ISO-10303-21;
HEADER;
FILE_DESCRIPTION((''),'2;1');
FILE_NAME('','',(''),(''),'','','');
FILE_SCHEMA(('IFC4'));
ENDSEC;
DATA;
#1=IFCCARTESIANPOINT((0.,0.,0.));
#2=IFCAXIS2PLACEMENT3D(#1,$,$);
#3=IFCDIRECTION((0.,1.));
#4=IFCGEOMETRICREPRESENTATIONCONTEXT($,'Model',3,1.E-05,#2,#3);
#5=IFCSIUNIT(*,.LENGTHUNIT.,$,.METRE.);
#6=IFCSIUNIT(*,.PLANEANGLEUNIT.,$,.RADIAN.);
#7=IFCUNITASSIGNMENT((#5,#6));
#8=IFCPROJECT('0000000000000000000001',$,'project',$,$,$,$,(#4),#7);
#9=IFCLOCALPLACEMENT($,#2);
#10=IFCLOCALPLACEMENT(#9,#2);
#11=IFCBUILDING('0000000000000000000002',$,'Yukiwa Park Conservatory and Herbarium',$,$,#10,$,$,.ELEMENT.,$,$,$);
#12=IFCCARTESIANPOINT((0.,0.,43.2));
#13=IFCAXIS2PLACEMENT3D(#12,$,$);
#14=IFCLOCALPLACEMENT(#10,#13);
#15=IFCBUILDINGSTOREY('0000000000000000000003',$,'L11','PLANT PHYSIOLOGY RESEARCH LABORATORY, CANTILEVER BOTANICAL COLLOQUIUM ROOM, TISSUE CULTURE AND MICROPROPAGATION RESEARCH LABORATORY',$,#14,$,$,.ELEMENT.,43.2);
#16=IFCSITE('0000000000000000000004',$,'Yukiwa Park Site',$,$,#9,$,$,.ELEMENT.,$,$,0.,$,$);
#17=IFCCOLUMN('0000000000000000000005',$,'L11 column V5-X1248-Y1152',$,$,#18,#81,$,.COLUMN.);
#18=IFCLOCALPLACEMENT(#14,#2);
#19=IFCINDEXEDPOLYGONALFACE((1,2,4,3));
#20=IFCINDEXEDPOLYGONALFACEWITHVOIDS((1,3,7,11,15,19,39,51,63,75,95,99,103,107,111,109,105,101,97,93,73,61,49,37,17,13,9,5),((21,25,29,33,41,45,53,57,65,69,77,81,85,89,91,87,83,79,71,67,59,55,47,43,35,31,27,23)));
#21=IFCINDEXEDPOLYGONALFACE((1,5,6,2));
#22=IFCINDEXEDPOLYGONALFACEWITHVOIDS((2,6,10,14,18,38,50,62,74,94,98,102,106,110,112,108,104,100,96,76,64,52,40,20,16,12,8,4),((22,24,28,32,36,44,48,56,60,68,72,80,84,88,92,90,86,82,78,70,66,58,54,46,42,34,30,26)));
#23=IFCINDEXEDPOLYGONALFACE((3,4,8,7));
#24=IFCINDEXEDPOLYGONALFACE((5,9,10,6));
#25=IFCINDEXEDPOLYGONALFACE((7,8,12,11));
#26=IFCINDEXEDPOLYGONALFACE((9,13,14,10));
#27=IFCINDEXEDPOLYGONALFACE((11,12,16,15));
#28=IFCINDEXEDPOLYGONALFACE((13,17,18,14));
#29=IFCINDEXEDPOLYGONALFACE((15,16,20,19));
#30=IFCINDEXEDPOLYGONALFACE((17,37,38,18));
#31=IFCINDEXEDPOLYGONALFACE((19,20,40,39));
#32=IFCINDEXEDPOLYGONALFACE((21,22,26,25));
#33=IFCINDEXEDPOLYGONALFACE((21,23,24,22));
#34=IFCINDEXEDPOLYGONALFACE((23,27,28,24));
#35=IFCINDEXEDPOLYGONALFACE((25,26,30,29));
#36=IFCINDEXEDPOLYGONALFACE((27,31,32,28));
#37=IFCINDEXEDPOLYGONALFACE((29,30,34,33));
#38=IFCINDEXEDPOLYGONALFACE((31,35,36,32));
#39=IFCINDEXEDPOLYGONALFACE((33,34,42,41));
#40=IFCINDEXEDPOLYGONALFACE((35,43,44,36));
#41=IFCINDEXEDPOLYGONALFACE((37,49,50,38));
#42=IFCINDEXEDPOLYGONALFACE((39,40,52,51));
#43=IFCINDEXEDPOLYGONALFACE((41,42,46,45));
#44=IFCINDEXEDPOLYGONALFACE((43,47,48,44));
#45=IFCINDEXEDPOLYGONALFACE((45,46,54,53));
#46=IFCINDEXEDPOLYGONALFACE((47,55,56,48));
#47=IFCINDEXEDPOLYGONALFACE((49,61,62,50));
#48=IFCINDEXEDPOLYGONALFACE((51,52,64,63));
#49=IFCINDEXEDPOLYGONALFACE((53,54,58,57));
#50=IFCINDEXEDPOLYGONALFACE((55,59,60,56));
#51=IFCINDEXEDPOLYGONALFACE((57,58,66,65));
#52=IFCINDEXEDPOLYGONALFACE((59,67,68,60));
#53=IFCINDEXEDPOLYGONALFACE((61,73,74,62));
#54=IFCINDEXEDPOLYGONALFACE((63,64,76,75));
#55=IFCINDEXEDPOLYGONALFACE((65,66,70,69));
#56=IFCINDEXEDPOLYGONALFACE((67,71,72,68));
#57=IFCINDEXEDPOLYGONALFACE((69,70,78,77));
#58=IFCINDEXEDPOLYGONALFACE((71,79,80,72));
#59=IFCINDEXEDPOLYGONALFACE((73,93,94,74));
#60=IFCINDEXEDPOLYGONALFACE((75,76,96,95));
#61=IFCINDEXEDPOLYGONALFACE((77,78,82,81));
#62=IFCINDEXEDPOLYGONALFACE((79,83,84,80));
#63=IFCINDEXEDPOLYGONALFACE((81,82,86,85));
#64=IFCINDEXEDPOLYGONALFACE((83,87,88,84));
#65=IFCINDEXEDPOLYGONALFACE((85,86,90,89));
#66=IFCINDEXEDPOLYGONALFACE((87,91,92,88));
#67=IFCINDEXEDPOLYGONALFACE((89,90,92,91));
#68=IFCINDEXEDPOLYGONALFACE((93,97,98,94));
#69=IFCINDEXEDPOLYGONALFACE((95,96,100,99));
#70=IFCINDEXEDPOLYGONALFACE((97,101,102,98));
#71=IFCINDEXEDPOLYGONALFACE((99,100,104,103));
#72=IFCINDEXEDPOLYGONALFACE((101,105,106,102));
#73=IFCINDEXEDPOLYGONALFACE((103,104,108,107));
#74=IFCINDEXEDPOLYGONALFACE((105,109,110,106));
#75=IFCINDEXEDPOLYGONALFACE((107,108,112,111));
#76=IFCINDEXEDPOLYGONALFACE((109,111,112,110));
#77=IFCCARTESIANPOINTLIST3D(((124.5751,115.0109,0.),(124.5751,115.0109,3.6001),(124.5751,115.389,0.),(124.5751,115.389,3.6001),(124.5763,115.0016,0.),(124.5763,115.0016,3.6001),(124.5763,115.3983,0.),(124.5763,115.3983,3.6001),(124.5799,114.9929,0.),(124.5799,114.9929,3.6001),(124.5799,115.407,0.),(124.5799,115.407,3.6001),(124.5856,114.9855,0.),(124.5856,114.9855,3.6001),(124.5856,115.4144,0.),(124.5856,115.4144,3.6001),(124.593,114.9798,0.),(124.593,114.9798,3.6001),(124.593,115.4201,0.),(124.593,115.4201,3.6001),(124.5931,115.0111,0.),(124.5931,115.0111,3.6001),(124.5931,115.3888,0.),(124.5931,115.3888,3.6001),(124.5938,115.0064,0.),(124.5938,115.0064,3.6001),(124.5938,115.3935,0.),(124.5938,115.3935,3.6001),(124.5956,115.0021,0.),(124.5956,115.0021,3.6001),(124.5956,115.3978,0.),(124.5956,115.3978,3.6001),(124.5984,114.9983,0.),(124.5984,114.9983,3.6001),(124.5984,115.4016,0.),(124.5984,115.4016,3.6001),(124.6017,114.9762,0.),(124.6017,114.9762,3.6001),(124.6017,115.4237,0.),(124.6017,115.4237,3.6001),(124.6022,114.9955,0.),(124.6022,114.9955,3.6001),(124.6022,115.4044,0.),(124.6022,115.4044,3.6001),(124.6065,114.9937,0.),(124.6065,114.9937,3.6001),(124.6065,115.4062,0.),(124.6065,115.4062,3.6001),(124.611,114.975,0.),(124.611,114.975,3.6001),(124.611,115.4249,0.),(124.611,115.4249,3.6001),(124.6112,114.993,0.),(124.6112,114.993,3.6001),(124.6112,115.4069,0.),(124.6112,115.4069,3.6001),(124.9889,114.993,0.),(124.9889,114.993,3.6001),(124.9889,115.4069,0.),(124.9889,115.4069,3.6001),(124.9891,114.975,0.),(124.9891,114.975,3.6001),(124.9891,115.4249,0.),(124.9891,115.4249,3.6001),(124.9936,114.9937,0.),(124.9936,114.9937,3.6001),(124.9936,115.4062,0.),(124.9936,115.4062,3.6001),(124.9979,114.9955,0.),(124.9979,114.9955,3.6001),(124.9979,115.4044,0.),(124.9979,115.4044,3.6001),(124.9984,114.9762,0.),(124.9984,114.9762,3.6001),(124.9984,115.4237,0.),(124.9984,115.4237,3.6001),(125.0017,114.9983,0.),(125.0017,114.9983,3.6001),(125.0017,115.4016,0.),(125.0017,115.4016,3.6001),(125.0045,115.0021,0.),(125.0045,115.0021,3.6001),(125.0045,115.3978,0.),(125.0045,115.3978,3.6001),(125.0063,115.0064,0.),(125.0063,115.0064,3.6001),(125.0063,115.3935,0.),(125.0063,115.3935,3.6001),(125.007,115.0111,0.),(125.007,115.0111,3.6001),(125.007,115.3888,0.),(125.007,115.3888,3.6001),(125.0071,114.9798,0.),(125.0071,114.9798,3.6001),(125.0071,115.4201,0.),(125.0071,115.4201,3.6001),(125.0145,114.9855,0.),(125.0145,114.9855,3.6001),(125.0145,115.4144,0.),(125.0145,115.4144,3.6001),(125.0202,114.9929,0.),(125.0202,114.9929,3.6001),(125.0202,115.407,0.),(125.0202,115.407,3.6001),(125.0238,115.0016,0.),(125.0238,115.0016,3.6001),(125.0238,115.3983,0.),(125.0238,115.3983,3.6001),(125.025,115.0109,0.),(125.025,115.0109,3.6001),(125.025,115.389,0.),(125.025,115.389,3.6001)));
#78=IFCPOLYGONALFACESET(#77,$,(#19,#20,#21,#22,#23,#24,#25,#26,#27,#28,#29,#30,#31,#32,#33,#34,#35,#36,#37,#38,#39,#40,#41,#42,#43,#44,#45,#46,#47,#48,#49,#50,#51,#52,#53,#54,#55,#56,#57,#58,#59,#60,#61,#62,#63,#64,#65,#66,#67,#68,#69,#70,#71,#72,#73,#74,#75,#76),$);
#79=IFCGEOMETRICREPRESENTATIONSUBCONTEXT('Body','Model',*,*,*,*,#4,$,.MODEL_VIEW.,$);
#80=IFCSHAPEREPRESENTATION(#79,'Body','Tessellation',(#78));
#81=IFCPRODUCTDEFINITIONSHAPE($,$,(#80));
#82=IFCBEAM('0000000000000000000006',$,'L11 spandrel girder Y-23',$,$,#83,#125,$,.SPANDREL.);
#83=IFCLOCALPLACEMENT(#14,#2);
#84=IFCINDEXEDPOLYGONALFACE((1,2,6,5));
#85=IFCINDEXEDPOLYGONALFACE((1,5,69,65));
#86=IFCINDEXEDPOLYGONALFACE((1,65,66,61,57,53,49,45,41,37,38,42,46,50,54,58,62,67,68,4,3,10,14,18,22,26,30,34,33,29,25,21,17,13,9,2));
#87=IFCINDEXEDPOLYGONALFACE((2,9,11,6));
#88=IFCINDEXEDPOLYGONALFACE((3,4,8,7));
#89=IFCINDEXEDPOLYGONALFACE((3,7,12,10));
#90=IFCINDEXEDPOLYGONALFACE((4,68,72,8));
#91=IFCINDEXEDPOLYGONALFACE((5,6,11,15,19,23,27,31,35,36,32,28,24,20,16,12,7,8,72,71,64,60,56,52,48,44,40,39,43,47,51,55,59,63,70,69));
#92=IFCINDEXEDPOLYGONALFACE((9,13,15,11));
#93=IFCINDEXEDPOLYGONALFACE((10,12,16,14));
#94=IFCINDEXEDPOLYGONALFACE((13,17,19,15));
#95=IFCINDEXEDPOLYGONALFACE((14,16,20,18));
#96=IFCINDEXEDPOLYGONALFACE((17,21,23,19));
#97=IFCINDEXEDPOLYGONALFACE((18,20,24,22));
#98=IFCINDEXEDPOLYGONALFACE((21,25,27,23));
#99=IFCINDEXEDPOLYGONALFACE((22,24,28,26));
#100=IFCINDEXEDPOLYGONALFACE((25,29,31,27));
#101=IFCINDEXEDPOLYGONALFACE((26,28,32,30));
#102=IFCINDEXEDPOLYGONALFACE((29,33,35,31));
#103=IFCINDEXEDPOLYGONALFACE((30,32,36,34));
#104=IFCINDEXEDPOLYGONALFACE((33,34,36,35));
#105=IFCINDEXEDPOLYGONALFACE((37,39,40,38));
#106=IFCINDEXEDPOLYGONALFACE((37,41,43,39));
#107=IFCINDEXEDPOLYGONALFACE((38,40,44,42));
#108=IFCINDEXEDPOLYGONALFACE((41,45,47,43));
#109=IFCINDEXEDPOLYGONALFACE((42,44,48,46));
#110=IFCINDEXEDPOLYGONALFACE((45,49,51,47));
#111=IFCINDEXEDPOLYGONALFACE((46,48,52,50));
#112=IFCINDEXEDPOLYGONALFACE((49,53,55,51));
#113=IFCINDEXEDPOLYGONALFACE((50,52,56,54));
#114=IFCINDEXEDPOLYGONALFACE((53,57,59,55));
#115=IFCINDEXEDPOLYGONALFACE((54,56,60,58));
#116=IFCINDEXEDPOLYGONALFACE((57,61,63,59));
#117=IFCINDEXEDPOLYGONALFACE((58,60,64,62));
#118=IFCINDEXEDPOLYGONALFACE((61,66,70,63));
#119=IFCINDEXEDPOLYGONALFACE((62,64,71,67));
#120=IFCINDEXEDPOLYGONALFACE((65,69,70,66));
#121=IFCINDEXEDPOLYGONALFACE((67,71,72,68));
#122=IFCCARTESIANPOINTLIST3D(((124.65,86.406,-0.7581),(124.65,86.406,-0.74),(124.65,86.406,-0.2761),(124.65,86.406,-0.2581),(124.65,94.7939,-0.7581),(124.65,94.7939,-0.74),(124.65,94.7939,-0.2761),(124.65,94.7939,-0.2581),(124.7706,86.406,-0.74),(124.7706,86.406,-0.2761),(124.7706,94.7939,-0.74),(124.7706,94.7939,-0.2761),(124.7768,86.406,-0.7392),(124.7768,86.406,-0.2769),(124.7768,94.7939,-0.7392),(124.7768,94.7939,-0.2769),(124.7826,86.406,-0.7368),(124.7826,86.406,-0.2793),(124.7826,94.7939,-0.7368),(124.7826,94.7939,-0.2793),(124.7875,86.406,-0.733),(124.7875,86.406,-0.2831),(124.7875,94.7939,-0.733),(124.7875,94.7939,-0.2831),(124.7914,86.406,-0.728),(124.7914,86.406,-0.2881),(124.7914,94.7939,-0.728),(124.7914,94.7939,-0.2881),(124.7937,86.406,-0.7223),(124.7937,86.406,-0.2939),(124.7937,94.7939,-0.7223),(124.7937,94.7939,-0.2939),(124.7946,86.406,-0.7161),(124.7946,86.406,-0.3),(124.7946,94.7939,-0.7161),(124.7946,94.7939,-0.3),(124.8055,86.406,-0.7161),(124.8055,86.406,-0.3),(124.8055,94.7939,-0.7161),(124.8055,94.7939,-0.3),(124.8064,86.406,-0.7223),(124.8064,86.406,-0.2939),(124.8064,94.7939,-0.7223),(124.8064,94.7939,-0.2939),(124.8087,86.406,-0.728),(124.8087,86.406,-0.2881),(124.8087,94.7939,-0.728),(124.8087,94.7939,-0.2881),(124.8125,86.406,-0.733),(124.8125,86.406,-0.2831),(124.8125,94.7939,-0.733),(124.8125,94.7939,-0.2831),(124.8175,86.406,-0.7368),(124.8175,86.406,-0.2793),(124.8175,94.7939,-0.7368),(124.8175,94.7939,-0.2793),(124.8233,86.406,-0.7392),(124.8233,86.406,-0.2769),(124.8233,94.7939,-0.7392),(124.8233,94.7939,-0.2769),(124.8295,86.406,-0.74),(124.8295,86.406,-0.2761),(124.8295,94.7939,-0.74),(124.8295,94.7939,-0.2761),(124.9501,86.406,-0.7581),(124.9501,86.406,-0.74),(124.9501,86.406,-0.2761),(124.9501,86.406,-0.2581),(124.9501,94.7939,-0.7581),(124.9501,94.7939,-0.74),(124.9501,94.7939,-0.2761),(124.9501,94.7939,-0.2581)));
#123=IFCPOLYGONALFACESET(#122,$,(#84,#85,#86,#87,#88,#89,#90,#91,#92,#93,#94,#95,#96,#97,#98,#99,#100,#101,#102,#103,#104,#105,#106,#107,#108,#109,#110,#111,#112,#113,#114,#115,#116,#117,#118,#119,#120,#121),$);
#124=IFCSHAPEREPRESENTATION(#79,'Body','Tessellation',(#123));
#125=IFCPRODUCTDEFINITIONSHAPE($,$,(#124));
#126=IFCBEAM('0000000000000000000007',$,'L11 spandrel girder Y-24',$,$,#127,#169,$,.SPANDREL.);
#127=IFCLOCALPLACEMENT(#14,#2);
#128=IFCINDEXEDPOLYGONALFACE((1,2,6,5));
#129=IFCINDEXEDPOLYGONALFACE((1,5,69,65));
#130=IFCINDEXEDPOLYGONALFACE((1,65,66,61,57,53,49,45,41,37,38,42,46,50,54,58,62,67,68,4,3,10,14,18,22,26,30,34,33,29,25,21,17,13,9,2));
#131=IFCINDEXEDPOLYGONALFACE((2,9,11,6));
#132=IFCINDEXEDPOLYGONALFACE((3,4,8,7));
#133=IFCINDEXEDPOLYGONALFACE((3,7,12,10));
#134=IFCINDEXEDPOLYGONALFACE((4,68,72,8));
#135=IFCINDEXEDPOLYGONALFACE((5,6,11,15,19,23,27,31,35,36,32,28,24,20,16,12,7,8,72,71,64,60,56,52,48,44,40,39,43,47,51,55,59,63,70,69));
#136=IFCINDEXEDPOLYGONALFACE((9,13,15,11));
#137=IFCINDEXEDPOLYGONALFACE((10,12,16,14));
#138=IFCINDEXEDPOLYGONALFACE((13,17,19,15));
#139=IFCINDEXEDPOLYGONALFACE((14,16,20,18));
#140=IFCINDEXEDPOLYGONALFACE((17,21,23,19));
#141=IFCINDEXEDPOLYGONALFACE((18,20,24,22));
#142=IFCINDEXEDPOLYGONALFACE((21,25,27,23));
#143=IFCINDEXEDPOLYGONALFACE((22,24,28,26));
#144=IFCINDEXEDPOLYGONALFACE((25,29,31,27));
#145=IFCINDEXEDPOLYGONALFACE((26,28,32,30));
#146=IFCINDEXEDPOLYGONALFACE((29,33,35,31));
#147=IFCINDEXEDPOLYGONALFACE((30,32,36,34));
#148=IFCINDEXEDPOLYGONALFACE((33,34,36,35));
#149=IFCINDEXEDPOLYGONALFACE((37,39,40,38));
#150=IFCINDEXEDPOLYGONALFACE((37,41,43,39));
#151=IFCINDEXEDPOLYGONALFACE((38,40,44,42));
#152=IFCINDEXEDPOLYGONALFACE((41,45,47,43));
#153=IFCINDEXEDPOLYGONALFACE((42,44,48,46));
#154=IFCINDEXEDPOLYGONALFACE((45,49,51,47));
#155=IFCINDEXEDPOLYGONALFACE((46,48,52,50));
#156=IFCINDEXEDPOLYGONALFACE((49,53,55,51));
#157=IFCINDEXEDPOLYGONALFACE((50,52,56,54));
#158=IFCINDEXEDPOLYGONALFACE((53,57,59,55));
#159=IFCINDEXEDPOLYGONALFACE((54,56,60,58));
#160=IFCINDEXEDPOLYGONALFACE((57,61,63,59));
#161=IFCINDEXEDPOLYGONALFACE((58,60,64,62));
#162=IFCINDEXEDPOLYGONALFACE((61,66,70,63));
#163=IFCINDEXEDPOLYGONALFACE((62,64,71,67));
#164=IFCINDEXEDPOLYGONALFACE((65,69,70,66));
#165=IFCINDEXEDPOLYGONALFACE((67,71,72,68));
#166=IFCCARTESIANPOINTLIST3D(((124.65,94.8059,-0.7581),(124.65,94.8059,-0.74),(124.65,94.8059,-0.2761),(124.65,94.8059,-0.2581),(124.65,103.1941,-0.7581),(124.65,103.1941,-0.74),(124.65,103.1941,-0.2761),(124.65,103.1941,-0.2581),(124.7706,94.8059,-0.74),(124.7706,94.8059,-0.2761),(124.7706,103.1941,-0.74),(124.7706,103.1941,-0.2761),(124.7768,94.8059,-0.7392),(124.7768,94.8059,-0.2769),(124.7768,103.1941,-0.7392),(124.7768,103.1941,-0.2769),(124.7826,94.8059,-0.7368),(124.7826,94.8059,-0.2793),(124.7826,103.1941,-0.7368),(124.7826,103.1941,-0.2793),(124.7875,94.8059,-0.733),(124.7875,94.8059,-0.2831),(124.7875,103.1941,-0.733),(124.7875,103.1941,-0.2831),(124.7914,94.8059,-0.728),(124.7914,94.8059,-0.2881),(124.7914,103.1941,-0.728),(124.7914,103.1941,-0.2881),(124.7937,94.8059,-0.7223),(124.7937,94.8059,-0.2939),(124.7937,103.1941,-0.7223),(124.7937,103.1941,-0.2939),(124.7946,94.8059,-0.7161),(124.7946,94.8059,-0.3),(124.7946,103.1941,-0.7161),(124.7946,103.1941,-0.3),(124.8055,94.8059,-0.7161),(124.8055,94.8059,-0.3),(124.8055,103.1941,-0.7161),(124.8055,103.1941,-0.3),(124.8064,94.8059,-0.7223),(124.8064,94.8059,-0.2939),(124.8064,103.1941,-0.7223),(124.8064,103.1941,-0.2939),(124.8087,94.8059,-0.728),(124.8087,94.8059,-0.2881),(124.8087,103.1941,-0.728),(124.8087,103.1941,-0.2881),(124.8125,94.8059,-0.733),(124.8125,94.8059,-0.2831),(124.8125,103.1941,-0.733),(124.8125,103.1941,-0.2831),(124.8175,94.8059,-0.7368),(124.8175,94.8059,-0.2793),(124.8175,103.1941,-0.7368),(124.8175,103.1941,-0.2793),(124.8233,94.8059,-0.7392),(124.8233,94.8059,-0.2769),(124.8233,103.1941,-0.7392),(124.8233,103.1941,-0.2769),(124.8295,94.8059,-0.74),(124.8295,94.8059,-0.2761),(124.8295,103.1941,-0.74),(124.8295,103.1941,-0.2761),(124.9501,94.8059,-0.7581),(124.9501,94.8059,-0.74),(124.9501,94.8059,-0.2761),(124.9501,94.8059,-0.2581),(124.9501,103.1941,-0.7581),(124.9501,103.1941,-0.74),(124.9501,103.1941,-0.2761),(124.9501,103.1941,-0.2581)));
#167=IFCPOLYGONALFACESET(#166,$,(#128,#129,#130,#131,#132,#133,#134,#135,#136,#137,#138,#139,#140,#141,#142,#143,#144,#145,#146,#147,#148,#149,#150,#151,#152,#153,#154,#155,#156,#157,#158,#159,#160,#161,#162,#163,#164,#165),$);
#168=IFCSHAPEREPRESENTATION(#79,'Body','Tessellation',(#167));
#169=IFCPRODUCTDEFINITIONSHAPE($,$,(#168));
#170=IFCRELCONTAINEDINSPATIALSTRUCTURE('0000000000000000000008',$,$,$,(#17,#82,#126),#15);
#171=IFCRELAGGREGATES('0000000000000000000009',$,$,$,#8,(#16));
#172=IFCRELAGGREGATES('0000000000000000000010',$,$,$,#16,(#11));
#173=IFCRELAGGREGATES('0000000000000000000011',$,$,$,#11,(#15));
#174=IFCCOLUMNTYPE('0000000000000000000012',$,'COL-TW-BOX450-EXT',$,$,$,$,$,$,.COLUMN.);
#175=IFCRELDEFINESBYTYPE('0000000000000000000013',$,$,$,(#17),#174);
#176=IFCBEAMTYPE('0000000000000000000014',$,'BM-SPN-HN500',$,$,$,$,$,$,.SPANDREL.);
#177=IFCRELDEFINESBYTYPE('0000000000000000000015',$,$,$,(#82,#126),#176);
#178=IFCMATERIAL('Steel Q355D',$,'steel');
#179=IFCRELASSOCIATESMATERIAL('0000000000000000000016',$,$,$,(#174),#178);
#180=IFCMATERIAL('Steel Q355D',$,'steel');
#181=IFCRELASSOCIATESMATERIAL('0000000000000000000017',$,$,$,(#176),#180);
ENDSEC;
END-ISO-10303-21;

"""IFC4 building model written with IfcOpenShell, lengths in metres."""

from ifc_helpers import new_model, si_unit, direction, frame, origin, origin_2d, place, context, subcontext, project, spatial, hollow_rectangle, i_section, extrude, material, material_profile, profile_set, type_object, element, save


model = new_model("IFC4")

# Units and contexts
model_context = context("Model", 3, precision=1e-05, world=origin(), true_north=direction((0.0, 1.0)))
body_context = subcontext(model_context, "Body", "Model", "MODEL_VIEW")
ifc_project = project(units=[si_unit("LENGTHUNIT", "METRE"), si_unit("PLANEANGLEUNIT", "RADIAN")], contexts=[model_context])

# Site, building, storey
site_placement = place(None, origin())
site = spatial("IfcSite", under=ifc_project, at=site_placement, Name="Yukiwa Park Site", CompositionType="ELEMENT", RefElevation=0.0)
building_placement = place(site_placement, origin())
building = spatial("IfcBuilding", under=site, at=building_placement, Name="Yukiwa Park Conservatory and Herbarium", CompositionType="ELEMENT")
storey_placement = place(building_placement, frame((0.0, 0.0, 43.2)))
storey = spatial("IfcBuildingStorey", under=building, at=storey_placement, Name="L11", Description="PLANT PHYSIOLOGY RESEARCH LABORATORY, CANTILEVER BOTANICAL COLLOQUIUM ROOM, TISSUE CULTURE AND MICROPROPAGATION RESEARCH LABORATORY", CompositionType="ELEMENT", Elevation=43.2)

# Column
ifc_material_1 = material(Name="Steel Q355D", Category="steel")
ifc_material_profile_1 = material_profile(ifc_material_1, hollow_rectangle(XDim=0.45, YDim=0.45, WallThickness=0.0181, InnerFilletRadius=0.0181, OuterFilletRadius=0.0359, at=origin_2d()), Name="BOX 450x450x18")
ifc_profile_set_1 = profile_set([ifc_material_profile_1], Name="Steel Q355D")
column_type = type_object("IfcColumnType", Name="COL-TW-BOX450-EXT", PredefinedType="COLUMN", material=ifc_profile_set_1)
for number, where, z_axis, x_axis, name in (
    (1, (124.8, 115.2, 0.0), (0.0, 0.0, 1.0), (1.0, 0.0, 0.0), "L11 column V5-X1248-Y1152"),
):
    element("IfcColumn", number, at=place(storey_placement, frame(where, z_axis=z_axis, x_axis=x_axis)), inside=storey, type_object=column_type, Name=name, PredefinedType="COLUMN", context=body_context, shape_type="SweptSolid", body=[
        extrude(hollow_rectangle(XDim=0.45, YDim=0.45, WallThickness=0.0181, InnerFilletRadius=0.0181, OuterFilletRadius=0.0359, at=origin_2d()), origin(), (0.0, 0.0, 1.0), 3.6001),
    ])

# Beams
ifc_material_2 = material(Name="Steel Q355D", Category="steel")
ifc_material_profile_2 = material_profile(ifc_material_2, i_section(OverallWidth=0.3, OverallDepth=0.5, WebThickness=0.011, FlangeThickness=0.0181, FilletRadius=0.0239, at=origin_2d()), Name="HM 500x300x11x18")
ifc_profile_set_2 = profile_set([ifc_material_profile_2], Name="Steel Q355D")
beam_type_1 = type_object("IfcBeamType", Name="BM-SPN-HN500", PredefinedType="SPANDREL", material=ifc_profile_set_2)
beam_1_placement = place(storey_placement, frame((124.8, 86.406, -0.5081), z_axis=(0.0, 1.0, 0.0), x_axis=(-1.0, 0.0, 0.0)))
element("IfcBeam", 2, at=beam_1_placement, inside=storey, type_object=beam_type_1, Name="L11 spandrel girder Y-23", PredefinedType="SPANDREL", context=body_context, shape_type="SweptSolid", body=[
    extrude(i_section(OverallWidth=0.3, OverallDepth=0.5, WebThickness=0.011, FlangeThickness=0.0181, FilletRadius=0.0239, at=origin_2d()), origin(), (0.0, 0.0, 1.0), 8.3879),
])
beam_2_placement = place(storey_placement, frame((124.8, 94.8059, -0.5081), z_axis=(0.0, 1.0, 0.0), x_axis=(-1.0, 0.0, 0.0)))
element("IfcBeam", 3, at=beam_2_placement, inside=storey, type_object=beam_type_1, Name="L11 spandrel girder Y-24", PredefinedType="SPANDREL", context=body_context, shape_type="SweptSolid", body=[
    extrude(i_section(OverallWidth=0.3, OverallDepth=0.5, WebThickness=0.011, FlangeThickness=0.0181, FilletRadius=0.0239, at=origin_2d()), origin(), (0.0, 0.0, 1.0), 8.3882),
])

save(model, "model.ifc")
